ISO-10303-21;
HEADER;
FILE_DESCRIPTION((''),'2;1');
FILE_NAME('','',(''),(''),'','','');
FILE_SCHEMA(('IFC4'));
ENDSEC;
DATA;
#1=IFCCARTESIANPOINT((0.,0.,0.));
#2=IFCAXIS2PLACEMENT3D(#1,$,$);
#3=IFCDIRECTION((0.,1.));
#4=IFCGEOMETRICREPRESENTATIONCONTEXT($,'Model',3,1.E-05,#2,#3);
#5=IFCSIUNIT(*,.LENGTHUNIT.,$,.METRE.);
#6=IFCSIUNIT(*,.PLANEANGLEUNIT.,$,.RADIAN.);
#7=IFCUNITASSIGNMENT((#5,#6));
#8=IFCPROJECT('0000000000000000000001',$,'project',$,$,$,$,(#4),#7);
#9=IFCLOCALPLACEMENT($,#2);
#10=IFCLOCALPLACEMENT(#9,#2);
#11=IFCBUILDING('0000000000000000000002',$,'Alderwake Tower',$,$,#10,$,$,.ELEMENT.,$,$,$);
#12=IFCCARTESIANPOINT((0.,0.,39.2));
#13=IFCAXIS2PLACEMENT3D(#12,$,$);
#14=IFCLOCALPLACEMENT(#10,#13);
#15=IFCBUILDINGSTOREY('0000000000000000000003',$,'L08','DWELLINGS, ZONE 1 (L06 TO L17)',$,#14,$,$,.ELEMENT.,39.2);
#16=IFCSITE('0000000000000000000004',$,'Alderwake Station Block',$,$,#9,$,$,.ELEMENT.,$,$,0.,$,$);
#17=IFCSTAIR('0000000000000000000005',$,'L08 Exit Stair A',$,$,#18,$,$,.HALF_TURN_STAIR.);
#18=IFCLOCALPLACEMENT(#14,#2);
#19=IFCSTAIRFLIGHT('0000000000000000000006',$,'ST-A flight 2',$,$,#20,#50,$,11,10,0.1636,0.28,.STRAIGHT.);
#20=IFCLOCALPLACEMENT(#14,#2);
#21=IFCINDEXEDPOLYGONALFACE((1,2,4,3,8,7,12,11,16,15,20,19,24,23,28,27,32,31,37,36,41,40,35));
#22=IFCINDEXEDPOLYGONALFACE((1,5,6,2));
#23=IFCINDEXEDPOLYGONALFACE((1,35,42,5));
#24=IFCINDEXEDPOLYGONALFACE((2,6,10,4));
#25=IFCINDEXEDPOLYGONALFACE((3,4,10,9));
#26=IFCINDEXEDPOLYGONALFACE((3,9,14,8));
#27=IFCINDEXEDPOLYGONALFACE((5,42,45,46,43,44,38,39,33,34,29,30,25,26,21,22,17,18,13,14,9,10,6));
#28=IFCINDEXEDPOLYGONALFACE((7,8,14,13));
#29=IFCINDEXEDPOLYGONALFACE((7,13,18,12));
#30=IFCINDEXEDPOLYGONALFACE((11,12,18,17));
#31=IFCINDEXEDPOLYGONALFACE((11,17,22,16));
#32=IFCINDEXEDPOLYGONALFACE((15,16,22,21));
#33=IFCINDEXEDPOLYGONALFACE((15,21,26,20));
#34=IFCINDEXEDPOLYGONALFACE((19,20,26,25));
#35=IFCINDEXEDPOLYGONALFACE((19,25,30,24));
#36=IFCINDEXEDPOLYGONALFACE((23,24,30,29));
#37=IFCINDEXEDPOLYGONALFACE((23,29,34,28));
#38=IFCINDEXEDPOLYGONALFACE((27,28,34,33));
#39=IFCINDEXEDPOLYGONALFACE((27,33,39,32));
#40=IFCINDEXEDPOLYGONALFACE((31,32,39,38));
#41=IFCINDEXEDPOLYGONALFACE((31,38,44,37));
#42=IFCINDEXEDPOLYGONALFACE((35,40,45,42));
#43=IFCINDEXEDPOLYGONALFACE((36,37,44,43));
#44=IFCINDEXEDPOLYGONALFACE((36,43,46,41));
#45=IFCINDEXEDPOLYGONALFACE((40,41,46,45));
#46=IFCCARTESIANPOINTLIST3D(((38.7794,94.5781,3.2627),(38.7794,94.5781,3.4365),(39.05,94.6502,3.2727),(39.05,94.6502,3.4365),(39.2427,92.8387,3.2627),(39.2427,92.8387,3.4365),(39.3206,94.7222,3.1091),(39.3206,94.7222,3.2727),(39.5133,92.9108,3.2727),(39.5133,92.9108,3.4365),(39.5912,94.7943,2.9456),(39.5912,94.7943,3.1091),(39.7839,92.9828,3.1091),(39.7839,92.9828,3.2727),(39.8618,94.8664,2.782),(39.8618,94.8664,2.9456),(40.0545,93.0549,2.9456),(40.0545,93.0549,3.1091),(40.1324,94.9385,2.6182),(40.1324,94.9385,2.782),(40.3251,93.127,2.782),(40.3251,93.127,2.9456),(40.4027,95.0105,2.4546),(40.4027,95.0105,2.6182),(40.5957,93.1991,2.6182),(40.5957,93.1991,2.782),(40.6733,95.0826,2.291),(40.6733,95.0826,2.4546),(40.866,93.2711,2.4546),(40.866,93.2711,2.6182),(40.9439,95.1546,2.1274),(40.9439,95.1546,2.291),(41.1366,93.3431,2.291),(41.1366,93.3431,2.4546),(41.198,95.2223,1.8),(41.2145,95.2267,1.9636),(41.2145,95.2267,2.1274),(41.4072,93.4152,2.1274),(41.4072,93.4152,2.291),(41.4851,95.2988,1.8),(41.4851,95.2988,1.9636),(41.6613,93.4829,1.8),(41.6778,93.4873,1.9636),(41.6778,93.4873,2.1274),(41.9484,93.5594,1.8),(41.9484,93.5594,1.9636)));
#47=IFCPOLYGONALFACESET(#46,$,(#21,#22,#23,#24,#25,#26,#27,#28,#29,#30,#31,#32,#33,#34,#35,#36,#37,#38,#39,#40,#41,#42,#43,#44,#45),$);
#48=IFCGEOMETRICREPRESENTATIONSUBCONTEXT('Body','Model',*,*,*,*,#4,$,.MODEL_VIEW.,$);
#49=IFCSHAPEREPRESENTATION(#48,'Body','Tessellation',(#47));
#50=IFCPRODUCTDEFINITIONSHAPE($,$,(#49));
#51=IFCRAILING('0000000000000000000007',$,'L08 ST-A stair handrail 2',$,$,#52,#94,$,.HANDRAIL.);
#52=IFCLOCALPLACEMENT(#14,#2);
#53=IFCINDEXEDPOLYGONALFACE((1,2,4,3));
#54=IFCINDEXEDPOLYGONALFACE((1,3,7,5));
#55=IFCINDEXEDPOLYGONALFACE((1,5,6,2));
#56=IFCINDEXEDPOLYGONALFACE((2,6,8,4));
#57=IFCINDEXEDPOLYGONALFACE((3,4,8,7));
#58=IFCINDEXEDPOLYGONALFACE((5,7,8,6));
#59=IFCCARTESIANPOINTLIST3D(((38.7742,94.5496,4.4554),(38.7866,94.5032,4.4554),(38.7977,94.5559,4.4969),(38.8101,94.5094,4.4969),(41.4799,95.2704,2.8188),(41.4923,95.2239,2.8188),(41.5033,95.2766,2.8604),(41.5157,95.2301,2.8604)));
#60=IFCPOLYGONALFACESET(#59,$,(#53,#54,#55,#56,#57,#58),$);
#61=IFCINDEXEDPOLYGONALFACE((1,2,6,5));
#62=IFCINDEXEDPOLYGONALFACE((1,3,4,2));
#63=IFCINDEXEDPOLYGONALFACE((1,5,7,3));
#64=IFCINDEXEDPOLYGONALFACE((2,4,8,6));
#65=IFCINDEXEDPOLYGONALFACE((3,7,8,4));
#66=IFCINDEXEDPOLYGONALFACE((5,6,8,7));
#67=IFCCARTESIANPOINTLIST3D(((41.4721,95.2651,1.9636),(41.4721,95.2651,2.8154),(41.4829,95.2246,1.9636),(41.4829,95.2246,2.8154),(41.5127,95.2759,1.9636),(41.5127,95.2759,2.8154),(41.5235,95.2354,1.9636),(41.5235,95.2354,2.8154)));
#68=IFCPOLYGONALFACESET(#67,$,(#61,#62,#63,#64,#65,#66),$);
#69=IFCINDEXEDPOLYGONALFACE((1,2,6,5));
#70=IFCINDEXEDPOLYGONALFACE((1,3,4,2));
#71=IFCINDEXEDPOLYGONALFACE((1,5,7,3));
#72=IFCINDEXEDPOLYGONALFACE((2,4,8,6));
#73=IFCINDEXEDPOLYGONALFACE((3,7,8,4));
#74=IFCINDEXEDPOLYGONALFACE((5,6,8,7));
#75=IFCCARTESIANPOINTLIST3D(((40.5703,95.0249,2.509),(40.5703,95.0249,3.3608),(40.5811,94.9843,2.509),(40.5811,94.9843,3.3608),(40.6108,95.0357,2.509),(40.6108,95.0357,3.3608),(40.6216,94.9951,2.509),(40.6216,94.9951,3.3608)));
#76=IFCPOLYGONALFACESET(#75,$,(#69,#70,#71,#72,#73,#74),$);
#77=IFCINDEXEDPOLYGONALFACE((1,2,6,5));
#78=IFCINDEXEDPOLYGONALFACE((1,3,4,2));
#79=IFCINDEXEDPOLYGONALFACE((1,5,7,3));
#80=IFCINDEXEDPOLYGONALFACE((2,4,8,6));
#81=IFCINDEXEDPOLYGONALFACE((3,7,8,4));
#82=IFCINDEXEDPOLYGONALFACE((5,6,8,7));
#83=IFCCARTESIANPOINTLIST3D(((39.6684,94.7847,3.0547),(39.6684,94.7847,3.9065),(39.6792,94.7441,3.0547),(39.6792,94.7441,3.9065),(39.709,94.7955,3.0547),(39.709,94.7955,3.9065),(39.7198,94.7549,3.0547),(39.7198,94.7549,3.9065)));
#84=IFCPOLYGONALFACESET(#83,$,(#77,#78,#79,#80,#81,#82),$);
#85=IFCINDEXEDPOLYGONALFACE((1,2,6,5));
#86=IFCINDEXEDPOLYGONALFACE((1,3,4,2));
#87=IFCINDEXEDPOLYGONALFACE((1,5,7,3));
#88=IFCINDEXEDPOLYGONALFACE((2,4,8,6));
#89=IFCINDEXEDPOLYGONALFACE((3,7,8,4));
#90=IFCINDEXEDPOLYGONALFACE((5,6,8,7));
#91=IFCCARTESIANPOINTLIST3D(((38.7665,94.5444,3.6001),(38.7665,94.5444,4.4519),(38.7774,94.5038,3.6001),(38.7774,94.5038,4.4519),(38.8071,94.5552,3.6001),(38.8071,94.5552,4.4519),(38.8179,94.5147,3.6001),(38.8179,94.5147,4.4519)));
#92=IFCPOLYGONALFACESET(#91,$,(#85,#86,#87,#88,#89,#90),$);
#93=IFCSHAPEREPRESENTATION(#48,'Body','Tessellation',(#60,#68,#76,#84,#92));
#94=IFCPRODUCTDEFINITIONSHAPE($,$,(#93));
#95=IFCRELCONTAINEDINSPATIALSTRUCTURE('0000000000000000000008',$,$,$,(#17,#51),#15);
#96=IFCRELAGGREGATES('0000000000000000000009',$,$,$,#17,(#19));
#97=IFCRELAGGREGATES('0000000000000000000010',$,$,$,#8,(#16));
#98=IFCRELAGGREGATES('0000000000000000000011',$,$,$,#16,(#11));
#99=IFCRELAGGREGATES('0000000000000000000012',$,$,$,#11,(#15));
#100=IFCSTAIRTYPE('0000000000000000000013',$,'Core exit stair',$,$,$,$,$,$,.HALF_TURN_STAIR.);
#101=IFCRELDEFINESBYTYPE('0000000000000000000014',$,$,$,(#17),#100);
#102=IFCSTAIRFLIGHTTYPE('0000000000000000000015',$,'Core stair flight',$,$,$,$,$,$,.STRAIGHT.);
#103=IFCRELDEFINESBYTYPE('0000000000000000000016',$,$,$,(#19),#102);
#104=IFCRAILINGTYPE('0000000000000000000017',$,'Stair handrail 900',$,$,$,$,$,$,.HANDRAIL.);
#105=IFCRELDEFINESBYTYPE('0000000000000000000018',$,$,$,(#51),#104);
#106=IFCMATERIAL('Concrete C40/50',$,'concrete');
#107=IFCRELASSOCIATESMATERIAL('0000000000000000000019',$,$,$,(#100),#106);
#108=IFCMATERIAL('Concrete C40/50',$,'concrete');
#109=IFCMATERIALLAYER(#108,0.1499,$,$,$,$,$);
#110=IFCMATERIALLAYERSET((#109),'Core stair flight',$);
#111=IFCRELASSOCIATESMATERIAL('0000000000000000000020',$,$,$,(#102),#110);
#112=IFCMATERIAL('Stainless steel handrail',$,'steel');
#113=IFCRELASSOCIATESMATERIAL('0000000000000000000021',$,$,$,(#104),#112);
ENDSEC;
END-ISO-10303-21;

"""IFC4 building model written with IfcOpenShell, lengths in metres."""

from ifc_helpers import new_model, si_unit, direction, frame, origin, origin_2d, place, context, subcontext, project, spatial, polyline, rectangle, outline, extrude, material, layer, layer_set, type_object, element, aggregate, save


model = new_model("IFC4")

# Units and contexts
model_context = context("Model", 3, precision=1e-05, world=origin(), true_north=direction((0.0, 1.0)))
body_context = subcontext(model_context, "Body", "Model", "MODEL_VIEW")
ifc_project = project(units=[si_unit("LENGTHUNIT", "METRE"), si_unit("PLANEANGLEUNIT", "RADIAN")], contexts=[model_context])

# Site, building, storey
site_placement = place(None, origin())
site = spatial("IfcSite", under=ifc_project, at=site_placement, Name="Alderwake Station Block", CompositionType="ELEMENT", RefElevation=0.0)
building_placement = place(site_placement, origin())
building = spatial("IfcBuilding", under=site, at=building_placement, Name="Alderwake Tower", CompositionType="ELEMENT")
storey_placement = place(building_placement, frame((0.0, 0.0, 39.2)))
storey = spatial("IfcBuildingStorey", under=building, at=storey_placement, Name="L08", Description="DWELLINGS, ZONE 1 (L06 TO L17)", CompositionType="ELEMENT", Elevation=39.2)

# Stair, stair flight
ifc_material_1 = material(Name="Concrete C40/50", Category="concrete")
stair_type = type_object("IfcStairType", Name="Core exit stair", PredefinedType="HALF_TURN_STAIR", material=ifc_material_1)
stair_placement = place(storey_placement, origin())
stair = element("IfcStair", 1, at=stair_placement, inside=storey, type_object=stair_type, Name="L08 Exit Stair A", PredefinedType="HALF_TURN_STAIR")
ifc_material_2 = material(Name="Concrete C40/50", Category="concrete")
ifc_layer_1 = layer(ifc_material_2, 0.1499)
ifc_layer_set_1 = layer_set([ifc_layer_1], Name="Core stair flight")
stair_flight_type = type_object("IfcStairFlightType", Name="Core stair flight", PredefinedType="STRAIGHT", material=ifc_layer_set_1)
stair_flight_placement = place(storey_placement, frame((41.7168, 94.429, 1.8), z_axis=(0.0, 0.0, 1.0), x_axis=(-0.96631, -0.257382, 0.0)))
stair_flight = element("IfcStairFlight", 2, at=stair_flight_placement, type_object=stair_flight_type, Name="ST-A flight 2", NumberOfRisers=11, NumberOfTreads=10, PredefinedType="STRAIGHT", RiserHeight=0.1636, TreadLength=0.28, context=body_context, shape_type="SweptSolid", body=[
    extrude(outline(polyline([(0.0, 0.0), (0.0, 0.1636), (0.28, 0.1636), (0.28, 0.3274), (0.5601, 0.3274), (0.5601, 0.491), (0.8401, 0.491), (0.8401, 0.6545), (1.1201, 0.6545), (1.1201, 0.8181), (1.3999, 0.8181), (1.3999, 0.9819), (1.6799, 0.9819), (1.6799, 1.1455), (1.96, 1.1455), (1.96, 1.3091), (2.24, 1.3091), (2.24, 1.4727), (2.52, 1.4727), (2.52, 1.6365), (2.8, 1.6365), (2.8, 1.8), (2.8, 1.4626), (0.2971, 0.0), (0.0, 0.0)])), frame((0.0, 0.8999, 0.0), z_axis=(0.0, -1.0, 0.0), x_axis=(1.0, 0.0, 0.0)), (0.0, 0.0, 1.0), 1.8),
])
aggregate(stair, [stair_flight])

# Railing
ifc_material_3 = material(Name="Stainless steel handrail", Category="steel")
railing_type = type_object("IfcRailingType", Name="Stair handrail 900", PredefinedType="HANDRAIL", material=ifc_material_3)
railing_placement = place(storey_placement, frame((41.4978, 95.2502, 1.9636)))
element("IfcRailing", 3, at=railing_placement, inside=storey, type_object=railing_type, Name="L08 ST-A stair handrail 2", PredefinedType="HANDRAIL", context=body_context, shape_type="SweptSolid", body=[
    extrude(rectangle(XDim=0.0481, YDim=0.0481, at=origin_2d()), frame((0.0, 0.0, 0.876), z_axis=(-0.834259, -0.222228, 0.504605), x_axis=(0.257402, -0.966304, 0.0)), (0.0, 0.0, 1.0), 3.2432),
    extrude(rectangle(XDim=0.042, YDim=0.042, at=origin_2d()), frame((0.0, 0.0, 0.0), z_axis=(0.0, 0.0, 1.0), x_axis=(-0.966304, -0.257402, 0.0)), (0.0, 0.0, 1.0), 0.8518),
    extrude(rectangle(XDim=0.042, YDim=0.042, at=origin_2d()), frame((-0.9019, -0.2402, 0.5454), z_axis=(0.0, 0.0, 1.0), x_axis=(-0.966304, -0.257402, 0.0)), (0.0, 0.0, 1.0), 0.8518),
    extrude(rectangle(XDim=0.042, YDim=0.042, at=origin_2d()), frame((-1.8037, -0.4805, 1.0911), z_axis=(0.0, 0.0, 1.0), x_axis=(-0.966304, -0.257402, 0.0)), (0.0, 0.0, 1.0), 0.8518),
    extrude(rectangle(XDim=0.042, YDim=0.042, at=origin_2d()), frame((-2.7056, -0.7207, 1.6365), z_axis=(0.0, 0.0, 1.0), x_axis=(-0.966304, -0.257402, 0.0)), (0.0, 0.0, 1.0), 0.8518),
])

save(model, "model.ifc")
